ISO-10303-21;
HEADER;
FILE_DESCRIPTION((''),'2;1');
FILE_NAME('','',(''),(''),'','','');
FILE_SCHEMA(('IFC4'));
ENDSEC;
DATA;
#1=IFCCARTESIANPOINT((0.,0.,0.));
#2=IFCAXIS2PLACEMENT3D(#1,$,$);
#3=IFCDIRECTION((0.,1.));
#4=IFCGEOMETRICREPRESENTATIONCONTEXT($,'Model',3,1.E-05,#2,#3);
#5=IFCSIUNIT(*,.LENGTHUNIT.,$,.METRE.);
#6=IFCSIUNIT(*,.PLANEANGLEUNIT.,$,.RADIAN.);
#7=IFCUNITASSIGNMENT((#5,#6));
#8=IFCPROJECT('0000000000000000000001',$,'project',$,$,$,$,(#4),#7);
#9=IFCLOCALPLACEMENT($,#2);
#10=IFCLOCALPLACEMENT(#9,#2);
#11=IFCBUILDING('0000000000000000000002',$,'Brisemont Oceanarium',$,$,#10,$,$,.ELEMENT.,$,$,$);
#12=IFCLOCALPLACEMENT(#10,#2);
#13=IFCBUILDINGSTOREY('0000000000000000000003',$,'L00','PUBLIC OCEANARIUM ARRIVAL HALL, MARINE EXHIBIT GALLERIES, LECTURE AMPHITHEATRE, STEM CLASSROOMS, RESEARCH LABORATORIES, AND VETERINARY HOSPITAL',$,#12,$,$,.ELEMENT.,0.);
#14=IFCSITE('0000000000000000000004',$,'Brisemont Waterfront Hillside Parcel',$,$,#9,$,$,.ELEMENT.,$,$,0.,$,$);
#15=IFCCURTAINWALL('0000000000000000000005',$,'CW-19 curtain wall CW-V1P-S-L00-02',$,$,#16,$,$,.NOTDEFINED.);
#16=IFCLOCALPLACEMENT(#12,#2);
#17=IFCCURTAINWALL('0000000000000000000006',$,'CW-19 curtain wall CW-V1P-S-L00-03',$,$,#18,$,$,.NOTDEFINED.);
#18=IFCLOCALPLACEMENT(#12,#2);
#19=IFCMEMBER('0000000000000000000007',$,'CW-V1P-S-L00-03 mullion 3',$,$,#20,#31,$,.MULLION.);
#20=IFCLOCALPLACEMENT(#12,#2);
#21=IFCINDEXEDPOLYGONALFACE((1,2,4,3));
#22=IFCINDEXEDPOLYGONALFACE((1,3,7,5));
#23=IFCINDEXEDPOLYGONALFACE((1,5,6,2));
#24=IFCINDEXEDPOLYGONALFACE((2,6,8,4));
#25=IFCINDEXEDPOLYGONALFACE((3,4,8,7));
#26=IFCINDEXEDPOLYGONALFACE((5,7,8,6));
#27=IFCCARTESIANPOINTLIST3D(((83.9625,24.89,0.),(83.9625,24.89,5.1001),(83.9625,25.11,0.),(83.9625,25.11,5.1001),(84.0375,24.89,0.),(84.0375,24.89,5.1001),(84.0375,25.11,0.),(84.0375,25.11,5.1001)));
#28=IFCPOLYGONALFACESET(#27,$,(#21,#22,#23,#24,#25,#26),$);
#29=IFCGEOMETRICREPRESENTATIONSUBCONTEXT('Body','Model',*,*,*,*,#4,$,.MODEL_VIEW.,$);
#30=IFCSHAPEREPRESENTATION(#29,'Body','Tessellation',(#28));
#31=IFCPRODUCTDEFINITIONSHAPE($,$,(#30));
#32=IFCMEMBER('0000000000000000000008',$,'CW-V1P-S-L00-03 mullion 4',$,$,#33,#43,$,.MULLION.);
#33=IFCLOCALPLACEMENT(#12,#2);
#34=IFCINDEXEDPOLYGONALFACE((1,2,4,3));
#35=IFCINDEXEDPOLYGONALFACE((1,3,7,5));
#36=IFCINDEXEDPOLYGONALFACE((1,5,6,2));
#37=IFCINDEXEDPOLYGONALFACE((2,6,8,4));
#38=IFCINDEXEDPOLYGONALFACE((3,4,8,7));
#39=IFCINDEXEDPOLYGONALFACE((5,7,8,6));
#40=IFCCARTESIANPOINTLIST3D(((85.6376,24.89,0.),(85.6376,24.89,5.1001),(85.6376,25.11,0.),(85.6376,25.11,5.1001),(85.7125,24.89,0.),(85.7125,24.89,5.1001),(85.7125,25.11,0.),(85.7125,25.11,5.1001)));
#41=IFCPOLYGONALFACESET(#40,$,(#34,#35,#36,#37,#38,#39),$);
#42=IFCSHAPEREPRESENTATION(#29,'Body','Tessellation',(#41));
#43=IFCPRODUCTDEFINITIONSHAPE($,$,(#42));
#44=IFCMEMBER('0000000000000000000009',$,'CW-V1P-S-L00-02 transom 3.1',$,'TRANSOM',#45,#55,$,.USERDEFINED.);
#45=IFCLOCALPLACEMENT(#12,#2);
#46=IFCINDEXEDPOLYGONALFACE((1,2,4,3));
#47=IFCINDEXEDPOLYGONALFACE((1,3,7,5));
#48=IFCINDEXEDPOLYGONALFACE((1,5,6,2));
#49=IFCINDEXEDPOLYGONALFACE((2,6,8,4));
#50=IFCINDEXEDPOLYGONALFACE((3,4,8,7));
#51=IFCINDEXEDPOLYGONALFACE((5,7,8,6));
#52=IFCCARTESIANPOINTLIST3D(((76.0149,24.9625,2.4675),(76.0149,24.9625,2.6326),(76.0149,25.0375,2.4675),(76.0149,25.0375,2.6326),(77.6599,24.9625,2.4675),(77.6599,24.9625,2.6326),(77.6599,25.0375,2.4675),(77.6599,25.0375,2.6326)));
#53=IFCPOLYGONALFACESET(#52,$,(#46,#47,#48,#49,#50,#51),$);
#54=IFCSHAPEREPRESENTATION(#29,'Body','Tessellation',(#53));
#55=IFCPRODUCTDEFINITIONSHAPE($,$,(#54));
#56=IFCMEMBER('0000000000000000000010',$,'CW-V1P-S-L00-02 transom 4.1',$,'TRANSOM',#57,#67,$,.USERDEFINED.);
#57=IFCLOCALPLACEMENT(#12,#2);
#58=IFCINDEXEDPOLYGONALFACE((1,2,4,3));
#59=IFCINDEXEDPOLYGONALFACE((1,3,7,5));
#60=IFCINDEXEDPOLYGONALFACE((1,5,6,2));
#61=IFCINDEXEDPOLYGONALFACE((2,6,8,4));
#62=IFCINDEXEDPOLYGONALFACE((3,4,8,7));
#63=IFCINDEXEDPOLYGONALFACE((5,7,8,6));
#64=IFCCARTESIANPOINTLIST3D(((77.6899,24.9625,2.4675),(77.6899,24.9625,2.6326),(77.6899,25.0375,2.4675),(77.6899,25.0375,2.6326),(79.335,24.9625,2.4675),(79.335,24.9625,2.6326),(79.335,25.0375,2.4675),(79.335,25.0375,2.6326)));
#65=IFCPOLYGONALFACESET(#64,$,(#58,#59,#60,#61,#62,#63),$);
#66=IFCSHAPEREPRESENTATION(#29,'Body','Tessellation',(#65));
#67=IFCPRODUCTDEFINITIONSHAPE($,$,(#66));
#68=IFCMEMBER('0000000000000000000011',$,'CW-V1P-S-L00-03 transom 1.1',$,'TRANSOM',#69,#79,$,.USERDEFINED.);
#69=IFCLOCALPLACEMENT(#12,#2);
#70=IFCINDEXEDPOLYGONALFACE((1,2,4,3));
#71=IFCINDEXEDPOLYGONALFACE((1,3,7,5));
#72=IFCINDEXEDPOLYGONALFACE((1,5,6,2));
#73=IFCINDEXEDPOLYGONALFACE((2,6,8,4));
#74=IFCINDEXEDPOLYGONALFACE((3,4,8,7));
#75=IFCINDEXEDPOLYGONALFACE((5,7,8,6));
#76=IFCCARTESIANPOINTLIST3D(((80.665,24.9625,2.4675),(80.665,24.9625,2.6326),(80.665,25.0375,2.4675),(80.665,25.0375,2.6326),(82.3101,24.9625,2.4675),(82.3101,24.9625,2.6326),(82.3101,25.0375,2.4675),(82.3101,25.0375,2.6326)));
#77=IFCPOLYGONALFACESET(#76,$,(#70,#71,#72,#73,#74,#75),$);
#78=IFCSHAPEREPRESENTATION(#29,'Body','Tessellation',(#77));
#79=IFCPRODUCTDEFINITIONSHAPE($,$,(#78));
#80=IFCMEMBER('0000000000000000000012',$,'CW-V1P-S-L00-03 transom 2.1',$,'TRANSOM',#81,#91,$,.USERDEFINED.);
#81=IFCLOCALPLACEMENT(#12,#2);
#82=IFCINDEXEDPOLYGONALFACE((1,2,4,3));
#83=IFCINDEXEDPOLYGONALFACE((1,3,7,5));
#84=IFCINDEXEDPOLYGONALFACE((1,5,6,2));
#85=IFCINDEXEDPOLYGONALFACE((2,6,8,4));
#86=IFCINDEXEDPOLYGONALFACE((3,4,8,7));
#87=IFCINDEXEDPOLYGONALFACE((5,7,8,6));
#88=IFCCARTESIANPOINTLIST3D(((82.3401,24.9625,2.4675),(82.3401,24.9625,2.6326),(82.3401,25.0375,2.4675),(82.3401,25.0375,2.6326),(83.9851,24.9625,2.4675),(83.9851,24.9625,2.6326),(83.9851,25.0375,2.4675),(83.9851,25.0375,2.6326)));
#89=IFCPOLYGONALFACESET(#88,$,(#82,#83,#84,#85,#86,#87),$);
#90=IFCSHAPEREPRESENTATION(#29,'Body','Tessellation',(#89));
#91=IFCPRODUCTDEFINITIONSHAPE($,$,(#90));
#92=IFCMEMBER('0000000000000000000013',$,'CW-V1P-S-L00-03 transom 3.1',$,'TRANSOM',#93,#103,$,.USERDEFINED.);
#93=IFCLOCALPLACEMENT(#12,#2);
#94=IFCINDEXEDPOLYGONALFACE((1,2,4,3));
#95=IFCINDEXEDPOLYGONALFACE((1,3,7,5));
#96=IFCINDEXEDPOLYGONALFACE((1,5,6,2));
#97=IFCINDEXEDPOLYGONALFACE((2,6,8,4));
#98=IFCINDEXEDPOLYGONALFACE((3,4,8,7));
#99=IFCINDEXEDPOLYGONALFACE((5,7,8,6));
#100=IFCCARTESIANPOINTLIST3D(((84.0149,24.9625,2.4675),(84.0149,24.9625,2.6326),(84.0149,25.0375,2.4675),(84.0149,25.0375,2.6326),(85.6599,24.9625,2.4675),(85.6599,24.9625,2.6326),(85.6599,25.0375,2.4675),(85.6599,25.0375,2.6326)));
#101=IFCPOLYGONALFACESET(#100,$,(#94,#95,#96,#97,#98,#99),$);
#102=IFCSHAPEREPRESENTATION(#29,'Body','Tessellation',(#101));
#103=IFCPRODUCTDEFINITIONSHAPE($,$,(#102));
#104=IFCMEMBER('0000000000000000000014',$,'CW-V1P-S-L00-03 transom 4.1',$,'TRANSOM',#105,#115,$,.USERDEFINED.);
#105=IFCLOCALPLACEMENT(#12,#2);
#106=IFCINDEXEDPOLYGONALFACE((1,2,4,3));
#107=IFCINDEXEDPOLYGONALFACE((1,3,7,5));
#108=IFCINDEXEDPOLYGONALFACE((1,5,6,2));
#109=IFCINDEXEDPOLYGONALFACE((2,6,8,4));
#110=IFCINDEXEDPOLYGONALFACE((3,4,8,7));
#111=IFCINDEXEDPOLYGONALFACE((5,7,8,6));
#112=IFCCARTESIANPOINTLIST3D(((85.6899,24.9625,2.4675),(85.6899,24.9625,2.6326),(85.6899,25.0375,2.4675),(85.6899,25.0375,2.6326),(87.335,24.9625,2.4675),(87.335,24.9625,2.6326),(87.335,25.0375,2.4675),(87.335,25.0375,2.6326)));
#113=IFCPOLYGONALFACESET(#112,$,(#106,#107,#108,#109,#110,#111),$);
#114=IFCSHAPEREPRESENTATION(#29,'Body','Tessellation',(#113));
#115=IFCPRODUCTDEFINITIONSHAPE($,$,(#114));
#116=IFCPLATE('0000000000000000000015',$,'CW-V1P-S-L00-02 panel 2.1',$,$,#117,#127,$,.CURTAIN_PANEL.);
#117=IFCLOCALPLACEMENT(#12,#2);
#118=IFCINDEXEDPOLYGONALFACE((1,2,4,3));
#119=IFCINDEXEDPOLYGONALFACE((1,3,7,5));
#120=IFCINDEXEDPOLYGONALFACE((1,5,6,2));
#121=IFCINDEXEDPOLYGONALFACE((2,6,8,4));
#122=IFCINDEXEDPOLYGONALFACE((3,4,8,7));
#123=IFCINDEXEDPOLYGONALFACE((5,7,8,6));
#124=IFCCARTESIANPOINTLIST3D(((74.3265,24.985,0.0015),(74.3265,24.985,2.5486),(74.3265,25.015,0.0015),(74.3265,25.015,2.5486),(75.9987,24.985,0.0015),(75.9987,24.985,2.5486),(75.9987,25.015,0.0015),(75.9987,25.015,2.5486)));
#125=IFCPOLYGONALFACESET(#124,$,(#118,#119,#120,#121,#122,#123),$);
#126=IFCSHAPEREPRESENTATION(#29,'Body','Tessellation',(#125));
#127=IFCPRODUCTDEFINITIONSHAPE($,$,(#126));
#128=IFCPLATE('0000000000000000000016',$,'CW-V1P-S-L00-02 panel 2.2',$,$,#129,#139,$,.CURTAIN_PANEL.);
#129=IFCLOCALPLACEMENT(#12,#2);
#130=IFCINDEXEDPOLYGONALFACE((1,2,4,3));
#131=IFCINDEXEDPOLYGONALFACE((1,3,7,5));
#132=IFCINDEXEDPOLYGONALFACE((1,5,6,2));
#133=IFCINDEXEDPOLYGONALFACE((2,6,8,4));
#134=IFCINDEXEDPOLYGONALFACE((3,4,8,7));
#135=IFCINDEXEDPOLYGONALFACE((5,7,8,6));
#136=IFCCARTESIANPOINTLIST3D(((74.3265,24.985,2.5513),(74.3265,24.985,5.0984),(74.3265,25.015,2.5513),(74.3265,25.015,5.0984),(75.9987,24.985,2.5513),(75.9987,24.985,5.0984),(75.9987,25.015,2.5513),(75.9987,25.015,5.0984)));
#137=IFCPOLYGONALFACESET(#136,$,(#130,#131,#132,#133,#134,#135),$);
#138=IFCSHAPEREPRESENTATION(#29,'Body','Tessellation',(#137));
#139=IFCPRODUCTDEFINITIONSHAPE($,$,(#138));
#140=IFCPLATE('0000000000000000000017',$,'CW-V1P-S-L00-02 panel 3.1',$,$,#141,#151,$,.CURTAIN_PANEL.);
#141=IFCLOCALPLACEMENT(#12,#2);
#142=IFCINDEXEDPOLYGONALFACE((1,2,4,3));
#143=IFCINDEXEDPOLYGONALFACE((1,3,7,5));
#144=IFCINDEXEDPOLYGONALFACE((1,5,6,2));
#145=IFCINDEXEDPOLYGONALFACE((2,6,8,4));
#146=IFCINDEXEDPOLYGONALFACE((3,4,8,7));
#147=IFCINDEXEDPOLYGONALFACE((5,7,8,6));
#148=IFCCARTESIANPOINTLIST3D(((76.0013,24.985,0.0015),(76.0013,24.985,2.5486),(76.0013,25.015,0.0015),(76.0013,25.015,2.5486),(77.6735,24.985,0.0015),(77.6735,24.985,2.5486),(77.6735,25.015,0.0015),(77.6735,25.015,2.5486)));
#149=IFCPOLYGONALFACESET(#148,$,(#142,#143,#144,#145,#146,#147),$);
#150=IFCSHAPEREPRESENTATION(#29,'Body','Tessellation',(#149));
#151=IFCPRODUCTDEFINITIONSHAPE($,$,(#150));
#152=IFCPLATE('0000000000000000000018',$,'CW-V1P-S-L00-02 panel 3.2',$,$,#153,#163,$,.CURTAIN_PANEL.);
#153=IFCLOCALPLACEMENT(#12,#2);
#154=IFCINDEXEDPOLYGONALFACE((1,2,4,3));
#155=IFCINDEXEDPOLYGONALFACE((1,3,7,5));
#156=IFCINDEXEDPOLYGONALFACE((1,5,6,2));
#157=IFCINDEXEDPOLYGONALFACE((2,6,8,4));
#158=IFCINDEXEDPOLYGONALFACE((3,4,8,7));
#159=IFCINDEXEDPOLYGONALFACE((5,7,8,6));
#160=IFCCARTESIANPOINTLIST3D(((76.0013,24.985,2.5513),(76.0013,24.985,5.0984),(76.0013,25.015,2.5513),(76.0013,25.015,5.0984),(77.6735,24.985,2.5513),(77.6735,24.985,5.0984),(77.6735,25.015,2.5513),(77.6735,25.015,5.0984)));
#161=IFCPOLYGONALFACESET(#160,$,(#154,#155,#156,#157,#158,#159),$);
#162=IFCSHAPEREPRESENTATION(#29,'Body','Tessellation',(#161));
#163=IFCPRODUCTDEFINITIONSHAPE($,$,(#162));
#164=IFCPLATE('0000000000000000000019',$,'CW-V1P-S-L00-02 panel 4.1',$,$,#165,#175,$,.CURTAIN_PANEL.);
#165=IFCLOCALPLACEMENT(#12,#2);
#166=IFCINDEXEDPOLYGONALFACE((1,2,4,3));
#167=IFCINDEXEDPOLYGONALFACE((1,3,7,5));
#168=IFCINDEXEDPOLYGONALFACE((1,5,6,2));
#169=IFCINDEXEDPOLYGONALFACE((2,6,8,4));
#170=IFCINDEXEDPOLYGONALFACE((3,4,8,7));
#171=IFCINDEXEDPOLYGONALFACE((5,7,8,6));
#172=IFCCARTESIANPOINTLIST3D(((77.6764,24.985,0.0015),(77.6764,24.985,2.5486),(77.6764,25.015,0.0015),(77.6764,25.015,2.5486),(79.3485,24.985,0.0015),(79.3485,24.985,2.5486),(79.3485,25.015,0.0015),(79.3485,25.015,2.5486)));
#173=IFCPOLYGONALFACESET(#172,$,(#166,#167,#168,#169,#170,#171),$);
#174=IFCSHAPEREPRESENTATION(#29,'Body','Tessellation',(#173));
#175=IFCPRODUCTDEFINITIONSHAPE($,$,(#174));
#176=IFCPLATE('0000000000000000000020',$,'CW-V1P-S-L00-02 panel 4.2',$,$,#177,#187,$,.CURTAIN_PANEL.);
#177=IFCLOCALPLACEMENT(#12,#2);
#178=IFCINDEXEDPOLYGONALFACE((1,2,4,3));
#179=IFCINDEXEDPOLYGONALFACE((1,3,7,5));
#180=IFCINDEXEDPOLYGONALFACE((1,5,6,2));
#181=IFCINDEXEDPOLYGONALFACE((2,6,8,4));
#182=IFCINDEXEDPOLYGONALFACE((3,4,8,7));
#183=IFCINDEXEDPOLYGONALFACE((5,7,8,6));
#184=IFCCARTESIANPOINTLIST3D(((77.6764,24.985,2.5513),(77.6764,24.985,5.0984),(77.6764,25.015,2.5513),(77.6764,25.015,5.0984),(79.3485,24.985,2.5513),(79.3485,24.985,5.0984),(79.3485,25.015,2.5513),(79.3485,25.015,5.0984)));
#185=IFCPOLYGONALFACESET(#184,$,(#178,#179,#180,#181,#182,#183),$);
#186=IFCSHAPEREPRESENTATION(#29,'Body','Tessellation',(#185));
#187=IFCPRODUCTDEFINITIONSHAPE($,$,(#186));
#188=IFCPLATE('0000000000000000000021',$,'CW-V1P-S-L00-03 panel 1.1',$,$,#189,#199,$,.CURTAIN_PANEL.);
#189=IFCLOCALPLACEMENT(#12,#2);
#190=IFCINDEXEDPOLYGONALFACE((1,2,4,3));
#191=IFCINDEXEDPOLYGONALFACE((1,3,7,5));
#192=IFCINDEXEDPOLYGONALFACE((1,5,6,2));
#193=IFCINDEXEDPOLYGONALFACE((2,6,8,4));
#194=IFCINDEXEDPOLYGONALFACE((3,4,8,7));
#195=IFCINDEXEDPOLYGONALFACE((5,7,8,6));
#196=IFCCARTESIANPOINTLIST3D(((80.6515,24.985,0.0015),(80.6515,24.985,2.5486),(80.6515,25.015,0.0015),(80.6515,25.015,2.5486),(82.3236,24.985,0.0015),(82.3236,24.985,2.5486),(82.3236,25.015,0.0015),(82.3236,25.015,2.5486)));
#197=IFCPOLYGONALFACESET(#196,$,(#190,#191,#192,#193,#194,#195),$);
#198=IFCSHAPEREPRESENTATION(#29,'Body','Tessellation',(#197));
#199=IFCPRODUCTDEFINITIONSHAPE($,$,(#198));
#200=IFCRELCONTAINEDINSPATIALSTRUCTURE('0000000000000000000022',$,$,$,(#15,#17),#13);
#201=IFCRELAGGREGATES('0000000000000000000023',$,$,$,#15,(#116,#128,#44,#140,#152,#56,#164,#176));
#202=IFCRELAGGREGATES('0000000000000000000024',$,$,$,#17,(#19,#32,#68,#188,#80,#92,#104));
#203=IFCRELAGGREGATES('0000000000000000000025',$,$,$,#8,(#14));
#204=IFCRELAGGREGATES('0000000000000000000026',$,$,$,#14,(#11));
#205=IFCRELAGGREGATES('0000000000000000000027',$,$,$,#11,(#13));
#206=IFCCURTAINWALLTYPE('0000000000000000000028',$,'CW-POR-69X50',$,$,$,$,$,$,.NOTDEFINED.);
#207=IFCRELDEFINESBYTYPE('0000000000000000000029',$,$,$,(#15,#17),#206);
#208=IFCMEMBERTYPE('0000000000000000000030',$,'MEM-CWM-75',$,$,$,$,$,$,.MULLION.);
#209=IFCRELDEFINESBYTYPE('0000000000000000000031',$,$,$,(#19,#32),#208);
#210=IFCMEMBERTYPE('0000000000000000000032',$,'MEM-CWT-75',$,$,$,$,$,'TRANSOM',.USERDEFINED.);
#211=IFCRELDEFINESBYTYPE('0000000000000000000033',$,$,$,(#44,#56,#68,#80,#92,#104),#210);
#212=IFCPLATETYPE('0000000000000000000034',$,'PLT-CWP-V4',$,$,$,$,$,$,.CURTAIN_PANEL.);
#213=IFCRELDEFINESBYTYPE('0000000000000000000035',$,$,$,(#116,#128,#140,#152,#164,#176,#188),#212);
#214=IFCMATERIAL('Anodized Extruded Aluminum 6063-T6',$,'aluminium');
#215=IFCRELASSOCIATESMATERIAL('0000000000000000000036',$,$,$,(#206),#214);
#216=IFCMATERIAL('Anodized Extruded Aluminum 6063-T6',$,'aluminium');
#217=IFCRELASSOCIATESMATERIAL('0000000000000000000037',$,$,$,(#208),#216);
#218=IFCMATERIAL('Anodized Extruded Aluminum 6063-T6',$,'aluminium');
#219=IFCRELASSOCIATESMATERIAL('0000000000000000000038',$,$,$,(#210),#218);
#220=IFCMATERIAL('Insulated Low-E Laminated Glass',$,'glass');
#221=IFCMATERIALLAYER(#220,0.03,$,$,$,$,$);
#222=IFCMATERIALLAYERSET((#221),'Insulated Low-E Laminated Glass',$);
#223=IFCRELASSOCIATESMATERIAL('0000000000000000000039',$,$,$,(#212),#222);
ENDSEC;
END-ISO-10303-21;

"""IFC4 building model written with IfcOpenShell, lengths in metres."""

from ifc_helpers import new_model, si_unit, direction, frame, origin, origin_2d, place, context, subcontext, project, spatial, rectangle, extrude, material, layer, layer_set, material_profile, profile_set, type_object, element, aggregate, save


model = new_model("IFC4")

# Units and contexts
model_context = context("Model", 3, precision=1e-05, world=origin(), true_north=direction((0.0, 1.0)))
body_context = subcontext(model_context, "Body", "Model", "MODEL_VIEW")
ifc_project = project(units=[si_unit("LENGTHUNIT", "METRE"), si_unit("PLANEANGLEUNIT", "RADIAN")], contexts=[model_context])

# Site, building, storey
site_placement = place(None, origin())
site = spatial("IfcSite", under=ifc_project, at=site_placement, Name="Brisemont Waterfront Hillside Parcel", CompositionType="ELEMENT", RefElevation=0.0)
building_placement = place(site_placement, origin())
building = spatial("IfcBuilding", under=site, at=building_placement, Name="Brisemont Oceanarium", CompositionType="ELEMENT")
storey_placement = place(building_placement, origin())
storey = spatial("IfcBuildingStorey", under=building, at=storey_placement, Name="L00", Description="PUBLIC OCEANARIUM ARRIVAL HALL, MARINE EXHIBIT GALLERIES, LECTURE AMPHITHEATRE, STEM CLASSROOMS, RESEARCH LABORATORIES, AND VETERINARY HOSPITAL", CompositionType="ELEMENT", Elevation=0.0)

# Curtain walls, members
ifc_material_1 = material(Name="Anodized Extruded Aluminum 6063-T6", Category="aluminium")
curtain_wall_type = type_object("IfcCurtainWallType", Name="CW-POR-69X50", PredefinedType="NOTDEFINED", material=ifc_material_1)
curtain_wall_1_placement = place(storey_placement, origin())
curtain_wall_1 = element("IfcCurtainWall", 1, at=curtain_wall_1_placement, inside=storey, type_object=curtain_wall_type, Name="CW-19 curtain wall CW-V1P-S-L00-02", PredefinedType="NOTDEFINED")
ifc_material_2 = material(Name="Anodized Extruded Aluminum 6063-T6", Category="aluminium")
ifc_material_profile_1 = material_profile(ifc_material_2, rectangle(XDim=0.075, YDim=0.22, at=origin_2d()), Name="CWM-75X220")
ifc_profile_set_1 = profile_set([ifc_material_profile_1], Name="Anodized Extruded Aluminum 6063-T6")
member_type_1 = type_object("IfcMemberType", Name="MEM-CWM-75", PredefinedType="MULLION", material=ifc_profile_set_1)
curtain_wall_2_placement = place(storey_placement, origin())
curtain_wall_2 = element("IfcCurtainWall", 2, at=curtain_wall_2_placement, inside=storey, type_object=curtain_wall_type, Name="CW-19 curtain wall CW-V1P-S-L00-03", PredefinedType="NOTDEFINED")
member_1_placement = place(storey_placement, frame((84.0, 25.0, 0.0), z_axis=(0.0, 0.0, 1.0), x_axis=(1.0, 0.0, 0.0)))
member_1 = element("IfcMember", 3, at=member_1_placement, type_object=member_type_1, Name="CW-V1P-S-L00-03 mullion 3", PredefinedType="MULLION", context=body_context, shape_type="SweptSolid", body=[
    extrude(rectangle(XDim=0.075, YDim=0.22, at=origin_2d()), origin(), (0.0, 0.0, 1.0), 5.1001),
])
member_2_placement = place(storey_placement, frame((85.675, 25.0, 0.0), z_axis=(0.0, 0.0, 1.0), x_axis=(1.0, 0.0, 0.0)))
member_2 = element("IfcMember", 4, at=member_2_placement, type_object=member_type_1, Name="CW-V1P-S-L00-03 mullion 4", PredefinedType="MULLION", context=body_context, shape_type="SweptSolid", body=[
    extrude(rectangle(XDim=0.075, YDim=0.22, at=origin_2d()), origin(), (0.0, 0.0, 1.0), 5.1001),
])

# Members
ifc_material_3 = material(Name="Anodized Extruded Aluminum 6063-T6", Category="aluminium")
ifc_material_profile_2 = material_profile(ifc_material_3, rectangle(XDim=0.075, YDim=0.165, at=origin_2d()), Name="CWT-75X165")
ifc_profile_set_2 = profile_set([ifc_material_profile_2], Name="Anodized Extruded Aluminum 6063-T6")
member_type_2 = type_object("IfcMemberType", Name="MEM-CWT-75", ElementType="TRANSOM", PredefinedType="USERDEFINED", material=ifc_profile_set_2)
member_3_placement = place(storey_placement, frame((76.0149, 25.0, 2.55), z_axis=(1.0, 0.0, 0.0), x_axis=(0.0, 1.0, 0.0)))
member_3 = element("IfcMember", 5, at=member_3_placement, type_object=member_type_2, Name="CW-V1P-S-L00-02 transom 3.1", ObjectType="TRANSOM", PredefinedType="USERDEFINED", context=body_context, shape_type="SweptSolid", body=[
    extrude(rectangle(XDim=0.075, YDim=0.165, at=origin_2d()), origin(), (0.0, 0.0, 1.0), 1.645),
])
member_4_placement = place(storey_placement, frame((77.6899, 25.0, 2.55), z_axis=(1.0, 0.0, 0.0), x_axis=(0.0, 1.0, 0.0)))
member_4 = element("IfcMember", 6, at=member_4_placement, type_object=member_type_2, Name="CW-V1P-S-L00-02 transom 4.1", ObjectType="TRANSOM", PredefinedType="USERDEFINED", context=body_context, shape_type="SweptSolid", body=[
    extrude(rectangle(XDim=0.075, YDim=0.165, at=origin_2d()), origin(), (0.0, 0.0, 1.0), 1.645),
])
member_5_placement = place(storey_placement, frame((80.665, 25.0, 2.55), z_axis=(1.0, 0.0, 0.0), x_axis=(0.0, 1.0, 0.0)))
member_5 = element("IfcMember", 7, at=member_5_placement, type_object=member_type_2, Name="CW-V1P-S-L00-03 transom 1.1", ObjectType="TRANSOM", PredefinedType="USERDEFINED", context=body_context, shape_type="SweptSolid", body=[
    extrude(rectangle(XDim=0.075, YDim=0.165, at=origin_2d()), origin(), (0.0, 0.0, 1.0), 1.645),
])
member_6_placement = place(storey_placement, frame((82.3401, 25.0, 2.55), z_axis=(1.0, 0.0, 0.0), x_axis=(0.0, 1.0, 0.0)))
member_6 = element("IfcMember", 8, at=member_6_placement, type_object=member_type_2, Name="CW-V1P-S-L00-03 transom 2.1", ObjectType="TRANSOM", PredefinedType="USERDEFINED", context=body_context, shape_type="SweptSolid", body=[
    extrude(rectangle(XDim=0.075, YDim=0.165, at=origin_2d()), origin(), (0.0, 0.0, 1.0), 1.645),
])
member_7_placement = place(storey_placement, frame((84.0149, 25.0, 2.55), z_axis=(1.0, 0.0, 0.0), x_axis=(0.0, 1.0, 0.0)))
member_7 = element("IfcMember", 9, at=member_7_placement, type_object=member_type_2, Name="CW-V1P-S-L00-03 transom 3.1", ObjectType="TRANSOM", PredefinedType="USERDEFINED", context=body_context, shape_type="SweptSolid", body=[
    extrude(rectangle(XDim=0.075, YDim=0.165, at=origin_2d()), origin(), (0.0, 0.0, 1.0), 1.645),
])
member_8_placement = place(storey_placement, frame((85.6899, 25.0, 2.55), z_axis=(1.0, 0.0, 0.0), x_axis=(0.0, 1.0, 0.0)))
member_8 = element("IfcMember", 10, at=member_8_placement, type_object=member_type_2, Name="CW-V1P-S-L00-03 transom 4.1", ObjectType="TRANSOM", PredefinedType="USERDEFINED", context=body_context, shape_type="SweptSolid", body=[
    extrude(rectangle(XDim=0.075, YDim=0.165, at=origin_2d()), origin(), (0.0, 0.0, 1.0), 1.645),
])

# Plates
ifc_material_4 = material(Name="Insulated Low-E Laminated Glass", Category="glass")
ifc_layer_1 = layer(ifc_material_4, 0.03)
ifc_layer_set_1 = layer_set([ifc_layer_1], Name="Insulated Low-E Laminated Glass")
plate_type = type_object("IfcPlateType", Name="PLT-CWP-V4", PredefinedType="CURTAIN_PANEL", material=ifc_layer_set_1)
plate_1_placement = place(storey_placement, frame((75.1626, 25.0, 0.0015), z_axis=(0.0, 0.0, 1.0), x_axis=(1.0, 0.0, 0.0)))
plate_1 = element("IfcPlate", 11, at=plate_1_placement, type_object=plate_type, Name="CW-V1P-S-L00-02 panel 2.1", PredefinedType="CURTAIN_PANEL", context=body_context, shape_type="SweptSolid", body=[
    extrude(rectangle(XDim=1.6721, YDim=0.03, at=origin_2d()), origin(), (0.0, 0.0, 1.0), 2.5471),
])
plate_2_placement = place(storey_placement, frame((75.1626, 25.0, 2.5513), z_axis=(0.0, 0.0, 1.0), x_axis=(1.0, 0.0, 0.0)))
plate_2 = element("IfcPlate", 12, at=plate_2_placement, type_object=plate_type, Name="CW-V1P-S-L00-02 panel 2.2", PredefinedType="CURTAIN_PANEL", context=body_context, shape_type="SweptSolid", body=[
    extrude(rectangle(XDim=1.6721, YDim=0.03, at=origin_2d()), origin(), (0.0, 0.0, 1.0), 2.5471),
])
plate_3_placement = place(storey_placement, frame((76.8374, 25.0, 0.0015), z_axis=(0.0, 0.0, 1.0), x_axis=(1.0, 0.0, 0.0)))
plate_3 = element("IfcPlate", 13, at=plate_3_placement, type_object=plate_type, Name="CW-V1P-S-L00-02 panel 3.1", PredefinedType="CURTAIN_PANEL", context=body_context, shape_type="SweptSolid", body=[
    extrude(rectangle(XDim=1.6721, YDim=0.03, at=origin_2d()), origin(), (0.0, 0.0, 1.0), 2.5471),
])
plate_4_placement = place(storey_placement, frame((76.8374, 25.0, 2.5513), z_axis=(0.0, 0.0, 1.0), x_axis=(1.0, 0.0, 0.0)))
plate_4 = element("IfcPlate", 14, at=plate_4_placement, type_object=plate_type, Name="CW-V1P-S-L00-02 panel 3.2", PredefinedType="CURTAIN_PANEL", context=body_context, shape_type="SweptSolid", body=[
    extrude(rectangle(XDim=1.6721, YDim=0.03, at=origin_2d()), origin(), (0.0, 0.0, 1.0), 2.5471),
])
plate_5_placement = place(storey_placement, frame((78.5125, 25.0, 0.0015), z_axis=(0.0, 0.0, 1.0), x_axis=(1.0, 0.0, 0.0)))
plate_5 = element("IfcPlate", 15, at=plate_5_placement, type_object=plate_type, Name="CW-V1P-S-L00-02 panel 4.1", PredefinedType="CURTAIN_PANEL", context=body_context, shape_type="SweptSolid", body=[
    extrude(rectangle(XDim=1.6721, YDim=0.03, at=origin_2d()), origin(), (0.0, 0.0, 1.0), 2.5471),
])
plate_6_placement = place(storey_placement, frame((78.5125, 25.0, 2.5513), z_axis=(0.0, 0.0, 1.0), x_axis=(1.0, 0.0, 0.0)))
plate_6 = element("IfcPlate", 16, at=plate_6_placement, type_object=plate_type, Name="CW-V1P-S-L00-02 panel 4.2", PredefinedType="CURTAIN_PANEL", context=body_context, shape_type="SweptSolid", body=[
    extrude(rectangle(XDim=1.6721, YDim=0.03, at=origin_2d()), origin(), (0.0, 0.0, 1.0), 2.5471),
])
aggregate(curtain_wall_1, [plate_1, plate_2, member_3, plate_3, plate_4, member_4, plate_5, plate_6])
plate_7_placement = place(storey_placement, frame((81.4875, 25.0, 0.0015), z_axis=(0.0, 0.0, 1.0), x_axis=(1.0, 0.0, 0.0)))
plate_7 = element("IfcPlate", 17, at=plate_7_placement, type_object=plate_type, Name="CW-V1P-S-L00-03 panel 1.1", PredefinedType="CURTAIN_PANEL", context=body_context, shape_type="SweptSolid", body=[
    extrude(rectangle(XDim=1.6721, YDim=0.03, at=origin_2d()), origin(), (0.0, 0.0, 1.0), 2.5471),
])
aggregate(curtain_wall_2, [member_1, member_2, member_5, plate_7, member_6, member_7, member_8])

save(model, "model.ifc")
